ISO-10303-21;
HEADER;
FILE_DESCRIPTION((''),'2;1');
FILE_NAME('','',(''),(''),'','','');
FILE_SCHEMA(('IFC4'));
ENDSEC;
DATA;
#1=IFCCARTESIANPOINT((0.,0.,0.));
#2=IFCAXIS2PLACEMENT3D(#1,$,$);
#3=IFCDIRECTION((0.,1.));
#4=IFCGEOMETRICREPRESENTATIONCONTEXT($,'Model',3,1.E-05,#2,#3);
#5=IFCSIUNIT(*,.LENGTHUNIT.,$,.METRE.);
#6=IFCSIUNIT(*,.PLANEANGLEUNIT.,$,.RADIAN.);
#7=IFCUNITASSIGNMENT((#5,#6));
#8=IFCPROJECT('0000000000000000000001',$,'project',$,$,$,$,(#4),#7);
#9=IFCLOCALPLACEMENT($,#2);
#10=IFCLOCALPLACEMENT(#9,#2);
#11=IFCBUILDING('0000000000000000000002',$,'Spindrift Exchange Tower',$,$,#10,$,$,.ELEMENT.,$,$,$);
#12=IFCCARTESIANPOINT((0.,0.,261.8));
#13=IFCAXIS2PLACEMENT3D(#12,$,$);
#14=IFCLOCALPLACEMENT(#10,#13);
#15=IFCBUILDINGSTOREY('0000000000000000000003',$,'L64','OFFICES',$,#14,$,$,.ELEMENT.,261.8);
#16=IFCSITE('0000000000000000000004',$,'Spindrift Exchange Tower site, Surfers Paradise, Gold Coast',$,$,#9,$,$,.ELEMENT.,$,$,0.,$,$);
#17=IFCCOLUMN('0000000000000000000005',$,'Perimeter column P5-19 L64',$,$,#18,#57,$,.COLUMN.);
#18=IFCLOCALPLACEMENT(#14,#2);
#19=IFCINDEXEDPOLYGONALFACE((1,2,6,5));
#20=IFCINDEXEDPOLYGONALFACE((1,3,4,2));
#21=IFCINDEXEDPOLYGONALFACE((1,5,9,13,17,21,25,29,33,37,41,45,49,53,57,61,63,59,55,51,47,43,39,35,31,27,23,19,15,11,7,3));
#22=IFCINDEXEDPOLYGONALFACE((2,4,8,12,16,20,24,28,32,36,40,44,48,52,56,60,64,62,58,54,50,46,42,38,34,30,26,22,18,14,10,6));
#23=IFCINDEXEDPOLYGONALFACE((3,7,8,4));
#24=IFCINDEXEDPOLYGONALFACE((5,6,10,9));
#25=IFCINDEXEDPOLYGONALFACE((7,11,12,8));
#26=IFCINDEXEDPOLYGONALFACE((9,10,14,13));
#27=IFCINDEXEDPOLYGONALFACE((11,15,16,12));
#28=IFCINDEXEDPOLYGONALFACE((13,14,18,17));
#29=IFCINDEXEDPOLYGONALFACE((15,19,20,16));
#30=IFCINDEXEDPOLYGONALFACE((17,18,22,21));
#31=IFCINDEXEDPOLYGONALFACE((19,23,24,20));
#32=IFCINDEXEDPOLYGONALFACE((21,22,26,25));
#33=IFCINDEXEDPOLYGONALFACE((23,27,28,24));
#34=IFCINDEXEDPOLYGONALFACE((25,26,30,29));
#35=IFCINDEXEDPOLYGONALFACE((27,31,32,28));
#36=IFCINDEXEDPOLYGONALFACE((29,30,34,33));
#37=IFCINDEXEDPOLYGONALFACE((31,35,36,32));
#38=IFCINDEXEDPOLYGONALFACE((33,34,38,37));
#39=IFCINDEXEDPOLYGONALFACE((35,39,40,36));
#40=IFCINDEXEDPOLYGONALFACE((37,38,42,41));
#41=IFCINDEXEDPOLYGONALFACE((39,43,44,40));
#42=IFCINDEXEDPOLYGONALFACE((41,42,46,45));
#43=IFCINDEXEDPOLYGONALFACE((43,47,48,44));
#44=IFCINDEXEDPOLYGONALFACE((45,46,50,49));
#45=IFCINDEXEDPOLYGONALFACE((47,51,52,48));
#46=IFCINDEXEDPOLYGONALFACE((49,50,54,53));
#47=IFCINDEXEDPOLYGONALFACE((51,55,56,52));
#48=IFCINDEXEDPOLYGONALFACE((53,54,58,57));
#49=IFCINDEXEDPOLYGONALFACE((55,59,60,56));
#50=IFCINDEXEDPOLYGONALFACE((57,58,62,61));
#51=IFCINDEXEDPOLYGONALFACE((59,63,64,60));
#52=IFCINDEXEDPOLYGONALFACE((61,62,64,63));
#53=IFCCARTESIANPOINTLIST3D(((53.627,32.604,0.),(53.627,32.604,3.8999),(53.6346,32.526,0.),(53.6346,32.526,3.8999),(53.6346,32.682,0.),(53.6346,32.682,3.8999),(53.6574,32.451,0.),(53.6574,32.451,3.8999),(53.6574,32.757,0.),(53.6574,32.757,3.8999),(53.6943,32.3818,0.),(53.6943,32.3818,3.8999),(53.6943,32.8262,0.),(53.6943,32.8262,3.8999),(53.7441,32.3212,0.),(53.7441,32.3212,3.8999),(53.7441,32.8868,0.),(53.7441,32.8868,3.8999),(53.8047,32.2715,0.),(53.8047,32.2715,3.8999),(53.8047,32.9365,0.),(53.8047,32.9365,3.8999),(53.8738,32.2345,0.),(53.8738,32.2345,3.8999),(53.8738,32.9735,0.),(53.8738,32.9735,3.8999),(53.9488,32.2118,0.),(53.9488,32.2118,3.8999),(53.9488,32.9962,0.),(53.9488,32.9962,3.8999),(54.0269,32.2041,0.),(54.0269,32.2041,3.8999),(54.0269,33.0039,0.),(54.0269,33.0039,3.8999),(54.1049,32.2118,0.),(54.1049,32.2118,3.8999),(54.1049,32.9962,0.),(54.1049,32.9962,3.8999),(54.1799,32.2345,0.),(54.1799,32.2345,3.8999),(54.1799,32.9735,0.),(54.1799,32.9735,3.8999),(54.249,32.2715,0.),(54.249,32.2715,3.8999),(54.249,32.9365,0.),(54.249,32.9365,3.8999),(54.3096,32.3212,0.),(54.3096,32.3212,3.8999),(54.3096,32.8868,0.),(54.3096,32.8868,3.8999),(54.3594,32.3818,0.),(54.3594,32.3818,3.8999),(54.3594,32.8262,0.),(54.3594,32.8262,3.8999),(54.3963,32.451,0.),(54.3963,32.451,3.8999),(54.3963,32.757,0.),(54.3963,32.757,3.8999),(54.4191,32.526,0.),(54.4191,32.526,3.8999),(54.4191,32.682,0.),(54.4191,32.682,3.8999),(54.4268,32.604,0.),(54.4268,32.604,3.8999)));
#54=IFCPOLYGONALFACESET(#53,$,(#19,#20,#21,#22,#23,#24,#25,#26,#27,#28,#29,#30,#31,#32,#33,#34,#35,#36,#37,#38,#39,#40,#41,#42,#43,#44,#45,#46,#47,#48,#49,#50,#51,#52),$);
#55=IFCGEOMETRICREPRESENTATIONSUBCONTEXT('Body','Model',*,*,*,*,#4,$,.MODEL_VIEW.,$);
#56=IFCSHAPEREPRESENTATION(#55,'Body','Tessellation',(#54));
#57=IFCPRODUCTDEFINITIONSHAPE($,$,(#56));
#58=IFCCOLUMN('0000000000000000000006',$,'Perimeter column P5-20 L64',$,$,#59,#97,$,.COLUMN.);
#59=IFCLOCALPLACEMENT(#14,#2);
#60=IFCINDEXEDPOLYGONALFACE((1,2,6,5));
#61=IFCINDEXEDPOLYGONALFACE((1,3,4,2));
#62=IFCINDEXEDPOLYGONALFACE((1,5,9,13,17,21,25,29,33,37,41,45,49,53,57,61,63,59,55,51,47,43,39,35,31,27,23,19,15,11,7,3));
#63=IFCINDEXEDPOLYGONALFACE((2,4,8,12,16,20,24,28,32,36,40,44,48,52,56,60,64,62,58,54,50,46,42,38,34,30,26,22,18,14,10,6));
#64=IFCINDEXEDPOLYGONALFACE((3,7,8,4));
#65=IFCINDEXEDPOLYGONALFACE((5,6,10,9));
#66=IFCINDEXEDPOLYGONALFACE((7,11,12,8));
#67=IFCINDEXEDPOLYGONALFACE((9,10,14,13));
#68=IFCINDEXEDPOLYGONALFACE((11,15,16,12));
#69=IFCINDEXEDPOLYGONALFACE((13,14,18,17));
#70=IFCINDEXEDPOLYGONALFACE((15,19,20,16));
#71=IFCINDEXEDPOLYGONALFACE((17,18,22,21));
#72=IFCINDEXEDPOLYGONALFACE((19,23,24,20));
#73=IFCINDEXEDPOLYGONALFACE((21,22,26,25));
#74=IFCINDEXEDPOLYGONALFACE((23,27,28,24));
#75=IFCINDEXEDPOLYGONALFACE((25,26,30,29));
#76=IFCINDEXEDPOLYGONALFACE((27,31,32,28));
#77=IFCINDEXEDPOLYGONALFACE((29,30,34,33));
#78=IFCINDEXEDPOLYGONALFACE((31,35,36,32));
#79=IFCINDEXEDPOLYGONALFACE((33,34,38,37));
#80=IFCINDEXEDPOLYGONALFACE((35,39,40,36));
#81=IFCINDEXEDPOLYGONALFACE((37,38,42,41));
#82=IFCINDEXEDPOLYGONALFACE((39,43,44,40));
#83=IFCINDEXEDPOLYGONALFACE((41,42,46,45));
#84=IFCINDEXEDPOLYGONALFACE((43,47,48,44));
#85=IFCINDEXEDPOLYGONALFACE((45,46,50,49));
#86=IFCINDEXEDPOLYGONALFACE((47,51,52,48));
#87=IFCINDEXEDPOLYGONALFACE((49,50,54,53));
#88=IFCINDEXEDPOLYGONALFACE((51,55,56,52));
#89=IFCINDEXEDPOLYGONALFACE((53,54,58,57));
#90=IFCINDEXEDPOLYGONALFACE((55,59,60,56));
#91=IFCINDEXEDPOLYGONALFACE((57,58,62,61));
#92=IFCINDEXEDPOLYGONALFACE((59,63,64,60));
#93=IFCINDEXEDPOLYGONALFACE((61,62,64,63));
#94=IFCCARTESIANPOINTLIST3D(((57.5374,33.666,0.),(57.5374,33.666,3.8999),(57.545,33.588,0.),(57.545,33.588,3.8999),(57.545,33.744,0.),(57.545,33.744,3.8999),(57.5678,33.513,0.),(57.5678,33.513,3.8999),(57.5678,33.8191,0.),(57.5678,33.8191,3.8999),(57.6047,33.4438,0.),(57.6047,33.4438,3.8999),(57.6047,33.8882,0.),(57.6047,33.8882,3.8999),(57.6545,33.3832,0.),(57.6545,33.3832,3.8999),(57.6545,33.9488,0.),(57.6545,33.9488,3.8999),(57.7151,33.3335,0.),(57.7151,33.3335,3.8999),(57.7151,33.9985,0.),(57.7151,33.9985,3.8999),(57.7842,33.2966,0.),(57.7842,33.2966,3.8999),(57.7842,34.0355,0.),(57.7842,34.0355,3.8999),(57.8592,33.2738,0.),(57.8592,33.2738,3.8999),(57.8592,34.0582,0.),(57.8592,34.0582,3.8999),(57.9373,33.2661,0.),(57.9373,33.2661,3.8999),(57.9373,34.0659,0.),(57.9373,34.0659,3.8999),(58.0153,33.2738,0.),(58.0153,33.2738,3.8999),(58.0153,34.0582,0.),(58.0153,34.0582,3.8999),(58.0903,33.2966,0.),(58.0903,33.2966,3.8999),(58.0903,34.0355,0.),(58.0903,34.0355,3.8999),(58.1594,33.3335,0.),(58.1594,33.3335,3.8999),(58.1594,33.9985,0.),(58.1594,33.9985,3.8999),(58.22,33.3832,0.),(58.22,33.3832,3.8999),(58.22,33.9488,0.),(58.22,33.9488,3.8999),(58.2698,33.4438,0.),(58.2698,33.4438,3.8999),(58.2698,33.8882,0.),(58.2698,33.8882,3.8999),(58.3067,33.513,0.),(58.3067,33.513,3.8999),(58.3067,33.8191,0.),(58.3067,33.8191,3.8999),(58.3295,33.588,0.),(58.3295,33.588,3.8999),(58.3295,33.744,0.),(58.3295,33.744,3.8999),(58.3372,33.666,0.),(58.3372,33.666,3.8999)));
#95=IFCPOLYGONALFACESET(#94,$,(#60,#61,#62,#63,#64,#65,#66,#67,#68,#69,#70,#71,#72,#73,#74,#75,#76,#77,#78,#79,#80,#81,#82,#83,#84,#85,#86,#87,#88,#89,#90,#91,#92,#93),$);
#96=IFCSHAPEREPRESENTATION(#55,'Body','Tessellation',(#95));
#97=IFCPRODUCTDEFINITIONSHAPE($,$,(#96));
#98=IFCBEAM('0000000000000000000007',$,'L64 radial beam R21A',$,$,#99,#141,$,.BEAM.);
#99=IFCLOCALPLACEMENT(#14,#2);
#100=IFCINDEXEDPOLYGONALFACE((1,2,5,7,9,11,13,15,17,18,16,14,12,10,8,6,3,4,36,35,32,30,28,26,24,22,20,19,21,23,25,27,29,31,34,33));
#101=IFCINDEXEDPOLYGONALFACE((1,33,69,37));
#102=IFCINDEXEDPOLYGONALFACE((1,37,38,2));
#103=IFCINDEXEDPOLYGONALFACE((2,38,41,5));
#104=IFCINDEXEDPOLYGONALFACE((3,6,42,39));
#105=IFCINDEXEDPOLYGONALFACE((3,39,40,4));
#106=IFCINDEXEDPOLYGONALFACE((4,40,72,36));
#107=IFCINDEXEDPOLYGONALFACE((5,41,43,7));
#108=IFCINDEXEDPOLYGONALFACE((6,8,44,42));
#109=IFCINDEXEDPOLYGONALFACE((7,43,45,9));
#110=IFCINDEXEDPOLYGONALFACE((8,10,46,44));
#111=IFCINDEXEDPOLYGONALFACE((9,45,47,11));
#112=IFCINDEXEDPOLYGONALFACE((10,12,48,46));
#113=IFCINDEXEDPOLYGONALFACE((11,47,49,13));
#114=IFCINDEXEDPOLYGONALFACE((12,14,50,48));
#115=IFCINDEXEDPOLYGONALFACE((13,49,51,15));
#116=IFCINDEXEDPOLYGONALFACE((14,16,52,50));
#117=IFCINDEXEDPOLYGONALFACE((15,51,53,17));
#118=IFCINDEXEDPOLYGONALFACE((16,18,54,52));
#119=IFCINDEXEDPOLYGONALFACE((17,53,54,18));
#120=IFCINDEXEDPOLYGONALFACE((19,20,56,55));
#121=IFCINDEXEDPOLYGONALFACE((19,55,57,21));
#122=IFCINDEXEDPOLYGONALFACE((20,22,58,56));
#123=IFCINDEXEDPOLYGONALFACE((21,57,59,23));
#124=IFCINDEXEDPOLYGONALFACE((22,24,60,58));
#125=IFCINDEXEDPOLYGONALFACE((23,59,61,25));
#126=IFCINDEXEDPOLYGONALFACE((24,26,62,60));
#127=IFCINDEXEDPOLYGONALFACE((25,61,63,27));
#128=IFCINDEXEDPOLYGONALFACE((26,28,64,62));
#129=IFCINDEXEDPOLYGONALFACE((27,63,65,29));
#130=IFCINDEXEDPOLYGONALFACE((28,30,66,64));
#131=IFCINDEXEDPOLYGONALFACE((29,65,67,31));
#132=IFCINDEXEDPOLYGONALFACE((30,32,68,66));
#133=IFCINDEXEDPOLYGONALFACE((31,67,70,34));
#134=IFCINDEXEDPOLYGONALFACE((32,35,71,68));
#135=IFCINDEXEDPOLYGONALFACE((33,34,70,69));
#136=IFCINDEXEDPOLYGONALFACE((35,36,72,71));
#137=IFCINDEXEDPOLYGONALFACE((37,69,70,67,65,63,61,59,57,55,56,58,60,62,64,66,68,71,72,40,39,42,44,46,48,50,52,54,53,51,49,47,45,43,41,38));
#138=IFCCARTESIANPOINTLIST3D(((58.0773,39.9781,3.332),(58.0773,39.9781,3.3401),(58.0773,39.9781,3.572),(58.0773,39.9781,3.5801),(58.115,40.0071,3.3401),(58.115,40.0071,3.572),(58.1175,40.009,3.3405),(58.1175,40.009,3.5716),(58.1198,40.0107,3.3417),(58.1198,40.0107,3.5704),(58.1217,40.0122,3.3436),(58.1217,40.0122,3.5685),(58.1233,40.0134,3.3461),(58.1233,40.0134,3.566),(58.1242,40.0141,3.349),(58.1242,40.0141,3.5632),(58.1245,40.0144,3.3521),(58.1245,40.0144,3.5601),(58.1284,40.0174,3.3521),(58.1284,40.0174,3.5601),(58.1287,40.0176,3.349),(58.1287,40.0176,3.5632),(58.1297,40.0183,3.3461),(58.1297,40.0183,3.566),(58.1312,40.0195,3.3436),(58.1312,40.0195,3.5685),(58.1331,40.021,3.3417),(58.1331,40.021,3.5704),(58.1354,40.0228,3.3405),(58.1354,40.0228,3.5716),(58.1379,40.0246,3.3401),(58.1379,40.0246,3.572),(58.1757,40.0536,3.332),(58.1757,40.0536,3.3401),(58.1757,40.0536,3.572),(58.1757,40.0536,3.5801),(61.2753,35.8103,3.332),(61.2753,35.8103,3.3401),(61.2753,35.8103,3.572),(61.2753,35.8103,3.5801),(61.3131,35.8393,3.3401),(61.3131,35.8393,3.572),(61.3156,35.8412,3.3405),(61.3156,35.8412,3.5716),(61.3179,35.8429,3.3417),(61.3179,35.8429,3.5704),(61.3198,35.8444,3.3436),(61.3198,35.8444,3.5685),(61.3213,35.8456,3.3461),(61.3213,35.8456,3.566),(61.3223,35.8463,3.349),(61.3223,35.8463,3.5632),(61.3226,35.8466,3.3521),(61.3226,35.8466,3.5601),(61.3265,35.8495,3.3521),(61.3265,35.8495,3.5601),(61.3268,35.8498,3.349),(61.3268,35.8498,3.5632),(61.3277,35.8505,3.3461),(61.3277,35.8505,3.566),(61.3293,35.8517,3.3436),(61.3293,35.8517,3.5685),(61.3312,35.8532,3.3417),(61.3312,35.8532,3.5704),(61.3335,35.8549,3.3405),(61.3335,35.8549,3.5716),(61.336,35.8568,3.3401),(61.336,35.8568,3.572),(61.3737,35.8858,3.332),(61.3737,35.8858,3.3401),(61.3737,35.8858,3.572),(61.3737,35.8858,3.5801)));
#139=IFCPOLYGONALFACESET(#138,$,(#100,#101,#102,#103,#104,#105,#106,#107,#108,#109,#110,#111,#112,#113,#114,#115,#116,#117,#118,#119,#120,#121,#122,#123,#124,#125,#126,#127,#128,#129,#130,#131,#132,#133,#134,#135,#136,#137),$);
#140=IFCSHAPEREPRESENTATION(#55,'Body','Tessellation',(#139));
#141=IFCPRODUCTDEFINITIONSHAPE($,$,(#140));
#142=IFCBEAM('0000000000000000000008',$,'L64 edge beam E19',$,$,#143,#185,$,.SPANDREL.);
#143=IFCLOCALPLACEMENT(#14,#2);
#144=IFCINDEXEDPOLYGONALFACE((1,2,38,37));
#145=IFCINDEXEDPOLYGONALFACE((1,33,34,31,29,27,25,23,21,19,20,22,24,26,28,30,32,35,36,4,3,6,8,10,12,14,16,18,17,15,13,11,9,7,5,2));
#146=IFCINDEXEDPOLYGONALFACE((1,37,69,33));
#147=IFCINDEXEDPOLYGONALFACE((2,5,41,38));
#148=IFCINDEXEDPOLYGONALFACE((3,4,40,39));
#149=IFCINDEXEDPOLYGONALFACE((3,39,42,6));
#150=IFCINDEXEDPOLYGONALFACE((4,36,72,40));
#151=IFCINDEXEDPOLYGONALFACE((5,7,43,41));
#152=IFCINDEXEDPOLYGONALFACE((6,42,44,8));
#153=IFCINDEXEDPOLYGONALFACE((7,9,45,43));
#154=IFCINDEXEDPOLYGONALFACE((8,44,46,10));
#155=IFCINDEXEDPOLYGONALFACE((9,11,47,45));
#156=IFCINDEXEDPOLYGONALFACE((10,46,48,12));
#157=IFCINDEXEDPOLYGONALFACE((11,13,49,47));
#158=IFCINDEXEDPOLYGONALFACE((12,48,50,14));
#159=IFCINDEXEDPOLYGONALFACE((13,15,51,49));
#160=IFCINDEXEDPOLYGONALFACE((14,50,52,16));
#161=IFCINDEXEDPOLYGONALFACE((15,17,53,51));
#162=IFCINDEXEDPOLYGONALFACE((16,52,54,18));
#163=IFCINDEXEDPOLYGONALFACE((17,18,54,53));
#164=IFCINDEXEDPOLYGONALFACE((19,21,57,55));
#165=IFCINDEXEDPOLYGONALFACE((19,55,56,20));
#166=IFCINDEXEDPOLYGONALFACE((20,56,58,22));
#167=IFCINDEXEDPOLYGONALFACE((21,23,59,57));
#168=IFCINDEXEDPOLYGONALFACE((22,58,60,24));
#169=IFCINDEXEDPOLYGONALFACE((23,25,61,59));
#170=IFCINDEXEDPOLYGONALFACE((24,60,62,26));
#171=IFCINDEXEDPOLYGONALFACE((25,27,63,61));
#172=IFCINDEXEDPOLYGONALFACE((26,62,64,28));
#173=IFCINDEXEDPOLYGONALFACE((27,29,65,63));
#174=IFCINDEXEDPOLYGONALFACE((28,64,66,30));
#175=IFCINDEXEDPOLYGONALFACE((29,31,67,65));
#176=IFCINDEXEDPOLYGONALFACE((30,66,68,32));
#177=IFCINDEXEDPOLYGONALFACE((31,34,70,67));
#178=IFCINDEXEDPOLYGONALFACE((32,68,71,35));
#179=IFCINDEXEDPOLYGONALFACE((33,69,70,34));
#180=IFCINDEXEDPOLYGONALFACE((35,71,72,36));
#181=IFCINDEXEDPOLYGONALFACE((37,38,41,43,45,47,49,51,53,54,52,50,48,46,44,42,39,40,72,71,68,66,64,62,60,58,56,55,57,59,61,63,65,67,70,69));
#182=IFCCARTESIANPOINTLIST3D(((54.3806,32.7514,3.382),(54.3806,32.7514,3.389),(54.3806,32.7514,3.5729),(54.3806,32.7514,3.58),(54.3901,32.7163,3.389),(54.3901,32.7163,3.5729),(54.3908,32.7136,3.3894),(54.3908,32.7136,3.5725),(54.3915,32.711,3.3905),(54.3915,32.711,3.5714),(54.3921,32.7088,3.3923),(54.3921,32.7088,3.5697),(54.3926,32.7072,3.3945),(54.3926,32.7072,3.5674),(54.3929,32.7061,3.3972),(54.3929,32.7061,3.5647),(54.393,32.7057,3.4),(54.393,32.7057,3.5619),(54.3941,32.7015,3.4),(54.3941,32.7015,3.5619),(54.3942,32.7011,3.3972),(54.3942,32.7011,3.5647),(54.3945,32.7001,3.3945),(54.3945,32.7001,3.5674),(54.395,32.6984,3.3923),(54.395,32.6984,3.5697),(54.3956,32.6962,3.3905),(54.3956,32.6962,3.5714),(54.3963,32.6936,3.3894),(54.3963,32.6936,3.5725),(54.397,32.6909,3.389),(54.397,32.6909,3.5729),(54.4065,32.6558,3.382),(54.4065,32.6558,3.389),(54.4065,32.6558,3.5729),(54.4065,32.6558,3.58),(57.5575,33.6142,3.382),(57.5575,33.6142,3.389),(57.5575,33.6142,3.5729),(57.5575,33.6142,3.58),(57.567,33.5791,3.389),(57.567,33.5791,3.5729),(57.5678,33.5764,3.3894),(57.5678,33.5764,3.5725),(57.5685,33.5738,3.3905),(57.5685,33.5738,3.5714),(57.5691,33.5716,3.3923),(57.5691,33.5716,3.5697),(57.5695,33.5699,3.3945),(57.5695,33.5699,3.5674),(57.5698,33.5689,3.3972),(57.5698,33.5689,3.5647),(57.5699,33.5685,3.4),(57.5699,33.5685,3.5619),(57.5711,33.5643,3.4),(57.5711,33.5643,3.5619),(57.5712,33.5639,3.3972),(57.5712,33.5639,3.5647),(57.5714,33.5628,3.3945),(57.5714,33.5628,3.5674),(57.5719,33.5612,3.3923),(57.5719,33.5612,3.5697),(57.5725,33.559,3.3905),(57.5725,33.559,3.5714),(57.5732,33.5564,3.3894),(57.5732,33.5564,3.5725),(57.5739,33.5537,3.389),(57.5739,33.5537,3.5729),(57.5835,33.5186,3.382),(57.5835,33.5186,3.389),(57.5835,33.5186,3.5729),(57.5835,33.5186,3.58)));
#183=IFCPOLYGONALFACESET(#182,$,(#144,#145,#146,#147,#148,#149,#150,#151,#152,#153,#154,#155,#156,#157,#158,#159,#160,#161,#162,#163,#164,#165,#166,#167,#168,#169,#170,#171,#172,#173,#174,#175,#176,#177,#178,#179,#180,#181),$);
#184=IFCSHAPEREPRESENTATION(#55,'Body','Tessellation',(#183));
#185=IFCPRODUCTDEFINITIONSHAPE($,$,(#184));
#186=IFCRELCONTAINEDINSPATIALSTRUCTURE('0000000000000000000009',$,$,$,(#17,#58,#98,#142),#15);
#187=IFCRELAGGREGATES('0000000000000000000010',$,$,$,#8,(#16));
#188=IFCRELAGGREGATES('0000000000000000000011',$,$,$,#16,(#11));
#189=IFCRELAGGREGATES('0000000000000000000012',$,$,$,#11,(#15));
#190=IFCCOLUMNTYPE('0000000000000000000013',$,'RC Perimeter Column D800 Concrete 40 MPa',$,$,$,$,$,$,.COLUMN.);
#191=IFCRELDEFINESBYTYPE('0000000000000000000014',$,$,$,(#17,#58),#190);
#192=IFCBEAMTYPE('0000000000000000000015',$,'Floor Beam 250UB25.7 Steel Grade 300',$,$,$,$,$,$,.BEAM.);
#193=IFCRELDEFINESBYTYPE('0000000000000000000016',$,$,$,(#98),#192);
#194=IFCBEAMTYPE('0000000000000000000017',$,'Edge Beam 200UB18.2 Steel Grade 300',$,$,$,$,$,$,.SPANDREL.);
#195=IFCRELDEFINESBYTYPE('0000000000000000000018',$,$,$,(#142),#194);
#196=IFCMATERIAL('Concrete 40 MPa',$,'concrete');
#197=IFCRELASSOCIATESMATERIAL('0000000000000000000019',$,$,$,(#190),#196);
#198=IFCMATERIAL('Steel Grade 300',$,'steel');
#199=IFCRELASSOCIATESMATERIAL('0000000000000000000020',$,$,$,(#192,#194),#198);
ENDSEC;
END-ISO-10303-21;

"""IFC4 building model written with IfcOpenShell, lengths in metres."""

from ifc_helpers import new_model, si_unit, direction, frame, origin, origin_2d, place, context, subcontext, project, spatial, circle, i_section, extrude, source, transform, mapped, material, material_profile, profile_set, type_object, element, save


model = new_model("IFC4")

# Units and contexts
model_context = context("Model", 3, precision=1e-05, world=origin(), true_north=direction((0.0, 1.0)))
body_context = subcontext(model_context, "Body", "Model", "MODEL_VIEW")
ifc_project = project(units=[si_unit("LENGTHUNIT", "METRE"), si_unit("PLANEANGLEUNIT", "RADIAN")], contexts=[model_context])

# Site, building, storey
site_placement = place(None, origin())
site = spatial("IfcSite", under=ifc_project, at=site_placement, Name="Spindrift Exchange Tower site, Surfers Paradise, Gold Coast", CompositionType="ELEMENT", RefElevation=0.0)
building_placement = place(site_placement, origin())
building = spatial("IfcBuilding", under=site, at=building_placement, Name="Spindrift Exchange Tower", CompositionType="ELEMENT")
storey_placement = place(building_placement, frame((0.0, 0.0, 261.8)))
storey = spatial("IfcBuildingStorey", under=building, at=storey_placement, Name="L64", Description="OFFICES", CompositionType="ELEMENT", Elevation=261.8)

# Columns
ifc_material_1 = material(Name="Concrete 40 MPa", Category="concrete")
ifc_material_profile_1 = material_profile(ifc_material_1, circle(Radius=0.3999, at=origin_2d()), Name="RC D800")
ifc_profile_set_1 = profile_set([ifc_material_profile_1], Name="Concrete 40 MPa")
column_type = type_object("IfcColumnType", Name="RC Perimeter Column D800 Concrete 40 MPa", PredefinedType="COLUMN", material=ifc_profile_set_1)
shared_shape_1 = source(origin(), body_context, "Body", "SweptSolid", [
    extrude(circle(Radius=0.3999, at=origin_2d()), origin(), (0.0, 0.0, 1.0), 3.8999),
])
for number, where, z_axis, x_axis, name in (
    (1, (54.0269, 32.604, 0.0), (0.0, 0.0, 1.0), (1.0, 0.0, 0.0), "Perimeter column P5-19 L64"),
    (2, (57.9373, 33.666, 0.0), (0.0, 0.0, 1.0), (1.0, 0.0, 0.0), "Perimeter column P5-20 L64"),
):
    element("IfcColumn", number, at=place(storey_placement, frame(where, z_axis=z_axis, x_axis=x_axis)), inside=storey, type_object=column_type, Name=name, PredefinedType="COLUMN", context=body_context, shape_type="MappedRepresentation", body=[
        mapped(shared_shape_1, transform((0.0, 0.0, 0.0), scale=1.0)),
    ])

# Beams
ifc_material_2 = material(Name="Steel Grade 300", Category="steel")
ifc_material_profile_2 = material_profile(ifc_material_2, i_section(OverallWidth=0.124, OverallDepth=0.248, WebThickness=0.0049, FlangeThickness=0.0081, FilletRadius=0.012, at=origin_2d()), Name="250UB25.7")
ifc_profile_set_2 = profile_set([ifc_material_profile_2], Name="Steel Grade 300")
beam_type_1 = type_object("IfcBeamType", Name="Floor Beam 250UB25.7 Steel Grade 300", PredefinedType="BEAM", material=ifc_profile_set_2)
shared_shape_2 = source(origin(), body_context, "Body", "SweptSolid", [
    extrude(i_section(OverallWidth=0.124, OverallDepth=0.248, WebThickness=0.0049, FlangeThickness=0.0081, FilletRadius=0.012, at=origin_2d()), origin(), (0.0, 0.0, 1.0), 5.2534),
])
beam_1_placement = place(storey_placement, frame((58.1265, 40.0159, 3.4561), z_axis=(0.60876, -0.793354, 0.0), x_axis=(0.793354, 0.60876, 0.0)))
element("IfcBeam", 3, at=beam_1_placement, inside=storey, type_object=beam_type_1, Name="L64 radial beam R21A", PredefinedType="BEAM", context=body_context, shape_type="MappedRepresentation", body=[
    mapped(shared_shape_2, transform((0.0, 0.0, 0.0), scale=1.0)),
])
ifc_material_profile_3 = material_profile(ifc_material_2, i_section(OverallWidth=0.0991, OverallDepth=0.198, WebThickness=0.0044, FlangeThickness=0.0071, FilletRadius=0.011, at=origin_2d()), Name="200UB18.2")
ifc_profile_set_3 = profile_set([ifc_material_profile_3], Name="Steel Grade 300")
beam_type_2 = type_object("IfcBeamType", Name="Edge Beam 200UB18.2 Steel Grade 300", PredefinedType="SPANDREL", material=ifc_profile_set_3)
shared_shape_3 = source(origin(), body_context, "Body", "SweptSolid", [
    extrude(i_section(OverallWidth=0.0991, OverallDepth=0.198, WebThickness=0.0044, FlangeThickness=0.0071, FilletRadius=0.011, at=origin_2d()), origin(), (0.0, 0.0, 1.0), 3.292),
])
beam_2_placement = place(storey_placement, frame((54.3936, 32.7036, 3.481), z_axis=(0.965046, 0.262082, 0.0), x_axis=(-0.262082, 0.965046, 0.0)))
element("IfcBeam", 4, at=beam_2_placement, inside=storey, type_object=beam_type_2, Name="L64 edge beam E19", PredefinedType="SPANDREL", context=body_context, shape_type="MappedRepresentation", body=[
    mapped(shared_shape_3, transform((0.0, 0.0, 0.0), scale=1.0)),
])

save(model, "model.ifc")
